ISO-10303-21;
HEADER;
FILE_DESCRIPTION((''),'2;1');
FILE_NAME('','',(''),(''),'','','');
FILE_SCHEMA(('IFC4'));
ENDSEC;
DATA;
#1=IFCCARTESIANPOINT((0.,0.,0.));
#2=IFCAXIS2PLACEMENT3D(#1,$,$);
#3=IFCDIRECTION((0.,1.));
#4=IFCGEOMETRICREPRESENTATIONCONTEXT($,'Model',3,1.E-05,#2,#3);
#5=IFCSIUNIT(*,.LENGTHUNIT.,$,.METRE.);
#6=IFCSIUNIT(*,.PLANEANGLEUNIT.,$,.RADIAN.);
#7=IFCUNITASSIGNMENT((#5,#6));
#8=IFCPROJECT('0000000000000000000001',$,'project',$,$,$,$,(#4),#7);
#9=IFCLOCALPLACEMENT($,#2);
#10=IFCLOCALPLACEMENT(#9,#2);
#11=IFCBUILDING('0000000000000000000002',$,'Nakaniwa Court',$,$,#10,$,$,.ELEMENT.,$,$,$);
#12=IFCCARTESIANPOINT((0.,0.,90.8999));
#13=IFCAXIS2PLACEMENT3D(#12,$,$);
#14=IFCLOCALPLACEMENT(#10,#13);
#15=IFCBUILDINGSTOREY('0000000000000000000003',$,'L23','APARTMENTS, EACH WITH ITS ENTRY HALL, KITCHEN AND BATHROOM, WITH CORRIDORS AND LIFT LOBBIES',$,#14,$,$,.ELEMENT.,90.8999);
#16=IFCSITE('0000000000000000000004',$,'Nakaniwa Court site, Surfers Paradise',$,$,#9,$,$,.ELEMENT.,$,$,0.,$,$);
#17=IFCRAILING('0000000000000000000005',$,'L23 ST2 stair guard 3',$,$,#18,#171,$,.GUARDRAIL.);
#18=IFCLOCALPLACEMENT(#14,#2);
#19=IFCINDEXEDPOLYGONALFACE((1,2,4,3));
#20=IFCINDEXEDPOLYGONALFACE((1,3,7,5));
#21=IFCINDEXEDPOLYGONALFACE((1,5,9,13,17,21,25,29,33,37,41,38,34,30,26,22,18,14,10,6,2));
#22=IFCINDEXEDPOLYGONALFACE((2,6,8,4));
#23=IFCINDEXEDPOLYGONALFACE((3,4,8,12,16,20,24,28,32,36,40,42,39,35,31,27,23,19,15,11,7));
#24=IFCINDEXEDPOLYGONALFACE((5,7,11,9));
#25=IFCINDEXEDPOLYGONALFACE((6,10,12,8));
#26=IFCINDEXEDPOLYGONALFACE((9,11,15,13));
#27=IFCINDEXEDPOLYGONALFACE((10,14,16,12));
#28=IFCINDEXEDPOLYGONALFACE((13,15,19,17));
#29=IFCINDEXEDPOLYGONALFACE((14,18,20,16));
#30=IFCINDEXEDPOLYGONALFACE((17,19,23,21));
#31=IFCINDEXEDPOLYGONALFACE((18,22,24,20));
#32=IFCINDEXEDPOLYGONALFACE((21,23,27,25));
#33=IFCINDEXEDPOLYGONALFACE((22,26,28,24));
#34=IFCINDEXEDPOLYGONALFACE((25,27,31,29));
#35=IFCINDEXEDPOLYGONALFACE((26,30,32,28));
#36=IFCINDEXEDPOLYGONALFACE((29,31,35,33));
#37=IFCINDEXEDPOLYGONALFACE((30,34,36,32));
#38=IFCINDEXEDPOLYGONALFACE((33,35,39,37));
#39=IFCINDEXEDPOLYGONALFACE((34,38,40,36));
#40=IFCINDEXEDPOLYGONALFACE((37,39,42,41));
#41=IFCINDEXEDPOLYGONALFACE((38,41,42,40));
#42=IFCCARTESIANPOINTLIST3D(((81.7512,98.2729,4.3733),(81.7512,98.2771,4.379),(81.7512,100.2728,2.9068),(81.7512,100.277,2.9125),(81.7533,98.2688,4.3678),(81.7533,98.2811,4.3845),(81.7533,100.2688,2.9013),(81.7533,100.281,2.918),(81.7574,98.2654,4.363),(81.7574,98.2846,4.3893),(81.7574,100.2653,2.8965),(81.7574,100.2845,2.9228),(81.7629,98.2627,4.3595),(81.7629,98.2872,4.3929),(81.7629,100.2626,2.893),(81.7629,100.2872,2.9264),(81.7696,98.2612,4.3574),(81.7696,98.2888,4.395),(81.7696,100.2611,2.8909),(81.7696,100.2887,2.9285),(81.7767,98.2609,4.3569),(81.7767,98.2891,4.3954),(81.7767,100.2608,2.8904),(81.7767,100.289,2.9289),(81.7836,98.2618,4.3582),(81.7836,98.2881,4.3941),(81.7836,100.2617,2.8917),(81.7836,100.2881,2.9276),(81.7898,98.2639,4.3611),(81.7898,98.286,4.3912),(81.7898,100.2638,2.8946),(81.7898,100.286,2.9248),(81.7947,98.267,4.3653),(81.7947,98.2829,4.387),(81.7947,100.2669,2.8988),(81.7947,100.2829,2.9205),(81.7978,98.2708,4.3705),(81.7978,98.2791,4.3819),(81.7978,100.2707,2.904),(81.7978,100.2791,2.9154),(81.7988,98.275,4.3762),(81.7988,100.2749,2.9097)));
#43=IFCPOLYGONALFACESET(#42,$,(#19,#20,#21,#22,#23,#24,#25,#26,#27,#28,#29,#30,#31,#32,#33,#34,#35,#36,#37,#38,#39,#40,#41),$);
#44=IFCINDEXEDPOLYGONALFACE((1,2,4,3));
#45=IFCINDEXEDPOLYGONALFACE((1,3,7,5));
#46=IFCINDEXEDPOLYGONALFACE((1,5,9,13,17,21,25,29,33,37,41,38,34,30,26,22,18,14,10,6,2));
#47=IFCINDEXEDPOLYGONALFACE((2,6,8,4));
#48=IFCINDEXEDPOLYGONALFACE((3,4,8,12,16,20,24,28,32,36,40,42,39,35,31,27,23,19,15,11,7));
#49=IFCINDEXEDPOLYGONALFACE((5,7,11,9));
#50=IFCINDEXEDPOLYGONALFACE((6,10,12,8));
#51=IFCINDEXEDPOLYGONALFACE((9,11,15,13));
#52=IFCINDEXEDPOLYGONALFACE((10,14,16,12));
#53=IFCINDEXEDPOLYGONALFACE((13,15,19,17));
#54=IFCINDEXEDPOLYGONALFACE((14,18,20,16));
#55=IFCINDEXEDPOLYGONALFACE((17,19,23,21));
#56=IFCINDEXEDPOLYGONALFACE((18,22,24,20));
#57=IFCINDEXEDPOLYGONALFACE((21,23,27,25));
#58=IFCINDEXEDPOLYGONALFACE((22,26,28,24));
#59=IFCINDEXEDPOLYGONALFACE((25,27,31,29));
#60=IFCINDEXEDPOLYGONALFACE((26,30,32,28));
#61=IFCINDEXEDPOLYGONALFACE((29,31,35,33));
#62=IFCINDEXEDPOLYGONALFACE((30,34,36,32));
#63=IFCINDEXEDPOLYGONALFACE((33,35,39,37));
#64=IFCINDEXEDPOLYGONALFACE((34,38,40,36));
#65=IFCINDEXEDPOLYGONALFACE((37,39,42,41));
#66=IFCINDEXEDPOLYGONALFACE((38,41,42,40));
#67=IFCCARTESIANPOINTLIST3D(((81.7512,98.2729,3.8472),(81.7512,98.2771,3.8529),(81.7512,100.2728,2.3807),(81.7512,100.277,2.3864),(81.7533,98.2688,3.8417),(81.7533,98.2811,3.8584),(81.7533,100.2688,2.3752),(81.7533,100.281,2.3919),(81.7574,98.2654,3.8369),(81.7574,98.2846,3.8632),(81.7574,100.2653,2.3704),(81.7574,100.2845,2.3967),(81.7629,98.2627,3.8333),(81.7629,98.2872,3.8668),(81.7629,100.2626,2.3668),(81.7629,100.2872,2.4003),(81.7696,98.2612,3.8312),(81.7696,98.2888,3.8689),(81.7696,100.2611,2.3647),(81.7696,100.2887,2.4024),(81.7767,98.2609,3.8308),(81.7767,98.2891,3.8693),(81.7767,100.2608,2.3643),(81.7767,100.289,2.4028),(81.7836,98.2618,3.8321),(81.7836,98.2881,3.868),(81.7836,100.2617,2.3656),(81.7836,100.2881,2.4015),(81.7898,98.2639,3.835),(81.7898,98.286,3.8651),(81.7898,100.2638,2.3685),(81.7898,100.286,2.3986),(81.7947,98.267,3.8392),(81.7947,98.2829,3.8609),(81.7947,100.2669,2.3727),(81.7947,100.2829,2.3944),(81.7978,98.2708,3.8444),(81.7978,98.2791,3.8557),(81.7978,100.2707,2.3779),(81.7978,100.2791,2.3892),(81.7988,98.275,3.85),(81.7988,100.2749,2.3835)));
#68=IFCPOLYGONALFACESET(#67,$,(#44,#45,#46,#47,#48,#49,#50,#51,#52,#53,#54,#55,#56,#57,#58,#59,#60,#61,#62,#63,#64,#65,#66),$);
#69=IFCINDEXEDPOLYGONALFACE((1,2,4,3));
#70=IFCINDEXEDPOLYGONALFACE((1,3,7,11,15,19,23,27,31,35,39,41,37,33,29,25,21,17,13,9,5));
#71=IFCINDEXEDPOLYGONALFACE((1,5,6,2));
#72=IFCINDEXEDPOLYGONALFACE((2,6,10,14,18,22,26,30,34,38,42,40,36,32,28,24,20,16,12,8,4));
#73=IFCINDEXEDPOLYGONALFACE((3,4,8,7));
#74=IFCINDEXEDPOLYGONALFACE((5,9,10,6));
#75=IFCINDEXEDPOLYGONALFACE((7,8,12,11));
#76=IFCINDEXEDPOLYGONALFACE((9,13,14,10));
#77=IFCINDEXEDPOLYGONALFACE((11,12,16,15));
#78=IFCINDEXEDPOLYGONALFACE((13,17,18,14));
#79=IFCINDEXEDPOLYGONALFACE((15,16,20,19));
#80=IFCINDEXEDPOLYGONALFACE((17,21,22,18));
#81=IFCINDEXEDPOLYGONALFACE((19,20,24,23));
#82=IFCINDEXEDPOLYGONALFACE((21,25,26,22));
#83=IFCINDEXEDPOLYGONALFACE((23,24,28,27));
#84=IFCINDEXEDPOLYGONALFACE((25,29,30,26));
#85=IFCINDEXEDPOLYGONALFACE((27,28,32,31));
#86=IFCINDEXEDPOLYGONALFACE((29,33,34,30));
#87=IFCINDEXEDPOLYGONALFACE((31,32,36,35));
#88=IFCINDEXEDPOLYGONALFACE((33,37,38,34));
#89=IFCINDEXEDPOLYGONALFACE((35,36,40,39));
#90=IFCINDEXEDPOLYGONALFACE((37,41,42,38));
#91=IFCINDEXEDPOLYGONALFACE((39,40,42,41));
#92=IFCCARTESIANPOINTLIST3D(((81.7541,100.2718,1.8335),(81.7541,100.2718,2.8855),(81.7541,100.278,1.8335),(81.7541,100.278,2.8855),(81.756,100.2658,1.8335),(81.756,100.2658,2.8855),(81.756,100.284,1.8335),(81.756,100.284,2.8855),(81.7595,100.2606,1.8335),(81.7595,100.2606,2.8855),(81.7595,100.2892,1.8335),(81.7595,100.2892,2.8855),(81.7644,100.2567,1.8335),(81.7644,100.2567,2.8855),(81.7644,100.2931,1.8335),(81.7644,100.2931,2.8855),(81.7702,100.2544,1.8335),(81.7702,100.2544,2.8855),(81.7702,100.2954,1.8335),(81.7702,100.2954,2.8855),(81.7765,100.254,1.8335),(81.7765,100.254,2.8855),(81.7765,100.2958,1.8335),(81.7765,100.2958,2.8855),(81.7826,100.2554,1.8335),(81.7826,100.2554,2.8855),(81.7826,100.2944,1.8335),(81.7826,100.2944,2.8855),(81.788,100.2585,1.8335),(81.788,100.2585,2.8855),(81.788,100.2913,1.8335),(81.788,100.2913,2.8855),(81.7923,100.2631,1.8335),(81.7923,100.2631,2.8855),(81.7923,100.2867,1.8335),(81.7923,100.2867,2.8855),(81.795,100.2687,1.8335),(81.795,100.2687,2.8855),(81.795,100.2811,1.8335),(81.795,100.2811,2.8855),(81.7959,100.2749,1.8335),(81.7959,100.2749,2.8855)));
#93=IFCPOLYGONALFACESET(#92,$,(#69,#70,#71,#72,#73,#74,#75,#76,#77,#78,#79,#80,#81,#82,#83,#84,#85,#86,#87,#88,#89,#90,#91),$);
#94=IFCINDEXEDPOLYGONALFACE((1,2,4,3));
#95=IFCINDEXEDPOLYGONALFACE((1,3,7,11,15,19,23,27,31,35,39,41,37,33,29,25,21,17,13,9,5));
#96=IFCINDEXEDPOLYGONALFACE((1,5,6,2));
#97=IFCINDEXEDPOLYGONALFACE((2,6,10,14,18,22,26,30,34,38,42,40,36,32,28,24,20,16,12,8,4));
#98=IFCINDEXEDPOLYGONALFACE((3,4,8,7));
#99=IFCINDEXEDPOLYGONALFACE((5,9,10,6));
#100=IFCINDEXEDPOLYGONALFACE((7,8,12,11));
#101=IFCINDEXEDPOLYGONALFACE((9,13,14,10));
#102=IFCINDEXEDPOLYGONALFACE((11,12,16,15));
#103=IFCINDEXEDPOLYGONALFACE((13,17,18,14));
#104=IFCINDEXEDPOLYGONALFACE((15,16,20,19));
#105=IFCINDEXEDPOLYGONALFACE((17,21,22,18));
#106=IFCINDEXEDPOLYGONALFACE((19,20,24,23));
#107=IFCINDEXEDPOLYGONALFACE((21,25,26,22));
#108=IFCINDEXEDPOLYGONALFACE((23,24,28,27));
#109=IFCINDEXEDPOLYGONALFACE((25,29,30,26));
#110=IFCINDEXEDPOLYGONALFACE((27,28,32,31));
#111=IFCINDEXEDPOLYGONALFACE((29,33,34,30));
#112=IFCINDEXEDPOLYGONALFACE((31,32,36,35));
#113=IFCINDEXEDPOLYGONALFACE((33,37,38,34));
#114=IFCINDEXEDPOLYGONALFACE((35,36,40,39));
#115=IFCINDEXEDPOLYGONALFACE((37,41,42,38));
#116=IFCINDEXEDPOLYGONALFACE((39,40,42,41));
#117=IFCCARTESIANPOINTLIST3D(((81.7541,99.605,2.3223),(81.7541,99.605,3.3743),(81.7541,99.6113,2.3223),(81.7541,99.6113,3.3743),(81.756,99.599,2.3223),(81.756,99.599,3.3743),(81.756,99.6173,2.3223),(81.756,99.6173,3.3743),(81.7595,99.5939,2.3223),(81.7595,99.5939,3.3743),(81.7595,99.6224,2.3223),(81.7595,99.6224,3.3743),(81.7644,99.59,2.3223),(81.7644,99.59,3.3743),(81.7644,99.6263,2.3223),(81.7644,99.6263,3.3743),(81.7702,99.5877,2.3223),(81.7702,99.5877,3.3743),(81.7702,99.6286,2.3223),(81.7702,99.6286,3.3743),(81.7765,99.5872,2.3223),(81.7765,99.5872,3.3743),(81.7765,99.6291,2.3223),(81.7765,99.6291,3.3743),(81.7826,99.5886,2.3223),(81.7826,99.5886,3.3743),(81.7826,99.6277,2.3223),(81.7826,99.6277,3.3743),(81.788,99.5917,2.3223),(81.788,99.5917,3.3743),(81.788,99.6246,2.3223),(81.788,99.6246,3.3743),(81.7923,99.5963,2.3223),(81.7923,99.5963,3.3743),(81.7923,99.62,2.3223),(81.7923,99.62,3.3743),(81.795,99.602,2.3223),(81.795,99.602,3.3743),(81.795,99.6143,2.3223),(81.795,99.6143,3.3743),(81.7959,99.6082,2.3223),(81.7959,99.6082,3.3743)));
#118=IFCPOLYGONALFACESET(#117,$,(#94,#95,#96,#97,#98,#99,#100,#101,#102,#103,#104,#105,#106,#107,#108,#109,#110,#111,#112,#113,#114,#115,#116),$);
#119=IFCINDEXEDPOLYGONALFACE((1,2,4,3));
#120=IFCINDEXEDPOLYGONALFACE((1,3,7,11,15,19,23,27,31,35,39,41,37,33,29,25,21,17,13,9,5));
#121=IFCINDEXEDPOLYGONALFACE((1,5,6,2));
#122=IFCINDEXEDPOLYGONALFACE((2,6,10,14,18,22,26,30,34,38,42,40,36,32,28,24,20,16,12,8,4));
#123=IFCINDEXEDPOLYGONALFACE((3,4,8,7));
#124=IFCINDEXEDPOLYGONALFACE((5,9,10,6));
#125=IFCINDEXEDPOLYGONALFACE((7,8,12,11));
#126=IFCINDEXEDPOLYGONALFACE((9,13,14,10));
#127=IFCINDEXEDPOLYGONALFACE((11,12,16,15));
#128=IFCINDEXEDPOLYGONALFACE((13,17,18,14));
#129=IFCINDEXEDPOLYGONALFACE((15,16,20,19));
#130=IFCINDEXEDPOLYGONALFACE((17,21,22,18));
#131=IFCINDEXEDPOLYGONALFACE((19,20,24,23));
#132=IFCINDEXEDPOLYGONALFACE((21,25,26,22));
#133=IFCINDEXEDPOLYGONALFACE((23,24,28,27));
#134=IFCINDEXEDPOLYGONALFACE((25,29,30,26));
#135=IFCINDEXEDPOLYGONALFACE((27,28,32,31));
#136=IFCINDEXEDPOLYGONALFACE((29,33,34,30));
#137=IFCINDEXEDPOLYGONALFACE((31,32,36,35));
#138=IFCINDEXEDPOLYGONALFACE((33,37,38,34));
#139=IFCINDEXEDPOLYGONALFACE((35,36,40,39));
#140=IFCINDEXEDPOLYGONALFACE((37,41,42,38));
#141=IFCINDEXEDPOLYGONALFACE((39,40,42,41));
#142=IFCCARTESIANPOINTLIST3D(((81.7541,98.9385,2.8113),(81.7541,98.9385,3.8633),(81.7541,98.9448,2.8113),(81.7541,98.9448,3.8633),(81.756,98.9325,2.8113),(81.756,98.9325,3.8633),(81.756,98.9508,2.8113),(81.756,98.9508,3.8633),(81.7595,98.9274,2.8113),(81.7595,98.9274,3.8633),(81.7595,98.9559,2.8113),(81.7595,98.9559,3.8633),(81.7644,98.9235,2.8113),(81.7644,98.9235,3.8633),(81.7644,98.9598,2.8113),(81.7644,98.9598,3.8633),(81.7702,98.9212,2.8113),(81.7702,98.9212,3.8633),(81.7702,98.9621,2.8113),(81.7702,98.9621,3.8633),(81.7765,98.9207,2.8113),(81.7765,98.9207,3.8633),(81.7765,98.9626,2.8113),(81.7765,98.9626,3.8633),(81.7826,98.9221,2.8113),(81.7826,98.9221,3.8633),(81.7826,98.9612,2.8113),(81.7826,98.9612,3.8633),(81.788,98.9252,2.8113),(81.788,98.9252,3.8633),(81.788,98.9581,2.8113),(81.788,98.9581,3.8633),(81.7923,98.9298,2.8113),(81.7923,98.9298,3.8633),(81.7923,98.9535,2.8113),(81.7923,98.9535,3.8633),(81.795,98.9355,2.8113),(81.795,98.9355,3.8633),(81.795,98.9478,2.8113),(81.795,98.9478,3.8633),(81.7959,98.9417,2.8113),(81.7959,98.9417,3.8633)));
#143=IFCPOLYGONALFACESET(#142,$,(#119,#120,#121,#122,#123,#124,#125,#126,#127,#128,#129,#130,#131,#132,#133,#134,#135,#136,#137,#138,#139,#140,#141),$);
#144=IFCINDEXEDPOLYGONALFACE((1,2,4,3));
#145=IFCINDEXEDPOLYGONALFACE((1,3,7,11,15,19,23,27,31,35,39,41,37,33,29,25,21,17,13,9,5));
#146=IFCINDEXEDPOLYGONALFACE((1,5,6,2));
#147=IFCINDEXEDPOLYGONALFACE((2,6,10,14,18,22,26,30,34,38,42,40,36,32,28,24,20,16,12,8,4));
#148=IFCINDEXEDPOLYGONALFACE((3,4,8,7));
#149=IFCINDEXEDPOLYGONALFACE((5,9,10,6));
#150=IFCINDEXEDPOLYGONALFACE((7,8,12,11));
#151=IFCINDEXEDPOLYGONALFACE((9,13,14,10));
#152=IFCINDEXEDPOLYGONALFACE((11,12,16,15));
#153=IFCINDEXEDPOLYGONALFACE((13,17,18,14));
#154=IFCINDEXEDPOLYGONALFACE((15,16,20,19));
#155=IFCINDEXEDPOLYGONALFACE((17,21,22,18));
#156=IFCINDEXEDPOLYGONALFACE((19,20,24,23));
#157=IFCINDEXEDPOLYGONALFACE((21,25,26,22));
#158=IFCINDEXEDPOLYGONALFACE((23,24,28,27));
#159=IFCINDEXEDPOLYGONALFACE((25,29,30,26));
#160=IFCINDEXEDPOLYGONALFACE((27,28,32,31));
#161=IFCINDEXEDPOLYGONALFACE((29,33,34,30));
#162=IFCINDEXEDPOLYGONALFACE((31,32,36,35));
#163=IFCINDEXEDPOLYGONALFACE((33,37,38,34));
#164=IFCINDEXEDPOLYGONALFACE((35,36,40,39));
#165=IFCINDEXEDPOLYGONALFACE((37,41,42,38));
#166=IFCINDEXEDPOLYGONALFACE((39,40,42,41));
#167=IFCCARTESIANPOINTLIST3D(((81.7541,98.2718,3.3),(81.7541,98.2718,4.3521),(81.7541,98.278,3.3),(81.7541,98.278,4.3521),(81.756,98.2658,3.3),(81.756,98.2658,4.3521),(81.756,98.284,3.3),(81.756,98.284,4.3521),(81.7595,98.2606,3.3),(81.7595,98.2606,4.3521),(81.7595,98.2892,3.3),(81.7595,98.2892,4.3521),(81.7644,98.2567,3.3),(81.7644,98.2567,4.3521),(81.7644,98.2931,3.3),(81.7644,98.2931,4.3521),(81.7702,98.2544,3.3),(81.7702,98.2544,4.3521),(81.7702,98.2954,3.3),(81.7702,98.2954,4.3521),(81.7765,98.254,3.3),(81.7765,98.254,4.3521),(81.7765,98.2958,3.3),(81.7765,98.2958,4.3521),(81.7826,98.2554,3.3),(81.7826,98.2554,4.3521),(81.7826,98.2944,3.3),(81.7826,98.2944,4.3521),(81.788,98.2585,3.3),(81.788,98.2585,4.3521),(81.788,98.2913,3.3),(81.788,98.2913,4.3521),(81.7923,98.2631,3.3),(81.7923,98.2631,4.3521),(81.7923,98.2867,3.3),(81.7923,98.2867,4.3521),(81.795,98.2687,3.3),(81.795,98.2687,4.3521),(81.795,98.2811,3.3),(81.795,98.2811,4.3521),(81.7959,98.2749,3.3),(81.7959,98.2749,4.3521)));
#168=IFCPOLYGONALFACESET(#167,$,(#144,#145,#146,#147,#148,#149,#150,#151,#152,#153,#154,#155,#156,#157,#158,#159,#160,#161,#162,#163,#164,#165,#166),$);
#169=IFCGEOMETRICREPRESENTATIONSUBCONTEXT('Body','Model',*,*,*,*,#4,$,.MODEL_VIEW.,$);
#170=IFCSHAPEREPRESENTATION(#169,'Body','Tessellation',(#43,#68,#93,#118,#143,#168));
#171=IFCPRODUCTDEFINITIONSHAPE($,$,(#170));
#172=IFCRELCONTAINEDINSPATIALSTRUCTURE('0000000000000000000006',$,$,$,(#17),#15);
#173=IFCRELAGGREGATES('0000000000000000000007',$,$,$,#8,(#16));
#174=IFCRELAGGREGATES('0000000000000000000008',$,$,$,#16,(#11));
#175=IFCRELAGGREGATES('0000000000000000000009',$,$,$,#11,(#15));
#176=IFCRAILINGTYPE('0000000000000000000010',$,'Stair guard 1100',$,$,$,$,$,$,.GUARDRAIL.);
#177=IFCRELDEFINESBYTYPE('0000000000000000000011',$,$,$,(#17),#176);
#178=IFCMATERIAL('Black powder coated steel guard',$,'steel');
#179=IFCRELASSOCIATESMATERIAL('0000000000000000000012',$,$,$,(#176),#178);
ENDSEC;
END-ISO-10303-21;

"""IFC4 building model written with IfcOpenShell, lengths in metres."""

from ifc_helpers import new_model, si_unit, direction, frame, origin, origin_2d, place, context, subcontext, project, spatial, circle, extrude, material, type_object, element, save


model = new_model("IFC4")

# Units and contexts
model_context = context("Model", 3, precision=1e-05, world=origin(), true_north=direction((0.0, 1.0)))
body_context = subcontext(model_context, "Body", "Model", "MODEL_VIEW")
ifc_project = project(units=[si_unit("LENGTHUNIT", "METRE"), si_unit("PLANEANGLEUNIT", "RADIAN")], contexts=[model_context])

# Site, building, storey
site_placement = place(None, origin())
site = spatial("IfcSite", under=ifc_project, at=site_placement, Name="Nakaniwa Court site, Surfers Paradise", CompositionType="ELEMENT", RefElevation=0.0)
building_placement = place(site_placement, origin())
building = spatial("IfcBuilding", under=site, at=building_placement, Name="Nakaniwa Court", CompositionType="ELEMENT")
storey_placement = place(building_placement, frame((0.0, 0.0, 90.8999)))
storey = spatial("IfcBuildingStorey", under=building, at=storey_placement, Name="L23", Description="APARTMENTS, EACH WITH ITS ENTRY HALL, KITCHEN AND BATHROOM, WITH CORRIDORS AND LIFT LOBBIES", CompositionType="ELEMENT", Elevation=90.8999)

# Railing
ifc_material_1 = material(Name="Black powder coated steel guard", Category="steel")
railing_type_1 = type_object("IfcRailingType", Name="Stair guard 1100", PredefinedType="GUARDRAIL", material=ifc_material_1)
railing_1_placement = place(storey_placement, frame((81.7749, 100.2749, 1.8335)))
element("IfcRailing", 1, at=railing_1_placement, inside=storey, type_object=railing_type_1, Name="L23 ST2 stair guard 3", PredefinedType="GUARDRAIL", context=body_context, shape_type="SweptSolid", body=[
    extrude(circle(Radius=0.0239, at=origin_2d()), frame((0.0, 0.0, 1.0762), z_axis=(0.0, -0.806427, 0.591334), x_axis=(1.0, 0.0, 0.0)), (0.0, 0.0, 1.0), 2.48),
    extrude(circle(Radius=0.0239, at=origin_2d()), frame((0.0, 0.0, 0.55), z_axis=(0.0, -0.806427, 0.591334), x_axis=(1.0, 0.0, 0.0)), (0.0, 0.0, 1.0), 2.48),
    extrude(circle(Radius=0.021, at=origin_2d()), origin(), (0.0, 0.0, 1.0), 1.052),
    extrude(circle(Radius=0.021, at=origin_2d()), frame((0.0, -0.6667, 0.4888)), (0.0, 0.0, 1.0), 1.052),
    extrude(circle(Radius=0.021, at=origin_2d()), frame((0.0, -1.3333, 0.9778)), (0.0, 0.0, 1.0), 1.052),
    extrude(circle(Radius=0.021, at=origin_2d()), frame((0.0, -2.0, 1.4666)), (0.0, 0.0, 1.0), 1.052),
])

save(model, "model.ifc")
